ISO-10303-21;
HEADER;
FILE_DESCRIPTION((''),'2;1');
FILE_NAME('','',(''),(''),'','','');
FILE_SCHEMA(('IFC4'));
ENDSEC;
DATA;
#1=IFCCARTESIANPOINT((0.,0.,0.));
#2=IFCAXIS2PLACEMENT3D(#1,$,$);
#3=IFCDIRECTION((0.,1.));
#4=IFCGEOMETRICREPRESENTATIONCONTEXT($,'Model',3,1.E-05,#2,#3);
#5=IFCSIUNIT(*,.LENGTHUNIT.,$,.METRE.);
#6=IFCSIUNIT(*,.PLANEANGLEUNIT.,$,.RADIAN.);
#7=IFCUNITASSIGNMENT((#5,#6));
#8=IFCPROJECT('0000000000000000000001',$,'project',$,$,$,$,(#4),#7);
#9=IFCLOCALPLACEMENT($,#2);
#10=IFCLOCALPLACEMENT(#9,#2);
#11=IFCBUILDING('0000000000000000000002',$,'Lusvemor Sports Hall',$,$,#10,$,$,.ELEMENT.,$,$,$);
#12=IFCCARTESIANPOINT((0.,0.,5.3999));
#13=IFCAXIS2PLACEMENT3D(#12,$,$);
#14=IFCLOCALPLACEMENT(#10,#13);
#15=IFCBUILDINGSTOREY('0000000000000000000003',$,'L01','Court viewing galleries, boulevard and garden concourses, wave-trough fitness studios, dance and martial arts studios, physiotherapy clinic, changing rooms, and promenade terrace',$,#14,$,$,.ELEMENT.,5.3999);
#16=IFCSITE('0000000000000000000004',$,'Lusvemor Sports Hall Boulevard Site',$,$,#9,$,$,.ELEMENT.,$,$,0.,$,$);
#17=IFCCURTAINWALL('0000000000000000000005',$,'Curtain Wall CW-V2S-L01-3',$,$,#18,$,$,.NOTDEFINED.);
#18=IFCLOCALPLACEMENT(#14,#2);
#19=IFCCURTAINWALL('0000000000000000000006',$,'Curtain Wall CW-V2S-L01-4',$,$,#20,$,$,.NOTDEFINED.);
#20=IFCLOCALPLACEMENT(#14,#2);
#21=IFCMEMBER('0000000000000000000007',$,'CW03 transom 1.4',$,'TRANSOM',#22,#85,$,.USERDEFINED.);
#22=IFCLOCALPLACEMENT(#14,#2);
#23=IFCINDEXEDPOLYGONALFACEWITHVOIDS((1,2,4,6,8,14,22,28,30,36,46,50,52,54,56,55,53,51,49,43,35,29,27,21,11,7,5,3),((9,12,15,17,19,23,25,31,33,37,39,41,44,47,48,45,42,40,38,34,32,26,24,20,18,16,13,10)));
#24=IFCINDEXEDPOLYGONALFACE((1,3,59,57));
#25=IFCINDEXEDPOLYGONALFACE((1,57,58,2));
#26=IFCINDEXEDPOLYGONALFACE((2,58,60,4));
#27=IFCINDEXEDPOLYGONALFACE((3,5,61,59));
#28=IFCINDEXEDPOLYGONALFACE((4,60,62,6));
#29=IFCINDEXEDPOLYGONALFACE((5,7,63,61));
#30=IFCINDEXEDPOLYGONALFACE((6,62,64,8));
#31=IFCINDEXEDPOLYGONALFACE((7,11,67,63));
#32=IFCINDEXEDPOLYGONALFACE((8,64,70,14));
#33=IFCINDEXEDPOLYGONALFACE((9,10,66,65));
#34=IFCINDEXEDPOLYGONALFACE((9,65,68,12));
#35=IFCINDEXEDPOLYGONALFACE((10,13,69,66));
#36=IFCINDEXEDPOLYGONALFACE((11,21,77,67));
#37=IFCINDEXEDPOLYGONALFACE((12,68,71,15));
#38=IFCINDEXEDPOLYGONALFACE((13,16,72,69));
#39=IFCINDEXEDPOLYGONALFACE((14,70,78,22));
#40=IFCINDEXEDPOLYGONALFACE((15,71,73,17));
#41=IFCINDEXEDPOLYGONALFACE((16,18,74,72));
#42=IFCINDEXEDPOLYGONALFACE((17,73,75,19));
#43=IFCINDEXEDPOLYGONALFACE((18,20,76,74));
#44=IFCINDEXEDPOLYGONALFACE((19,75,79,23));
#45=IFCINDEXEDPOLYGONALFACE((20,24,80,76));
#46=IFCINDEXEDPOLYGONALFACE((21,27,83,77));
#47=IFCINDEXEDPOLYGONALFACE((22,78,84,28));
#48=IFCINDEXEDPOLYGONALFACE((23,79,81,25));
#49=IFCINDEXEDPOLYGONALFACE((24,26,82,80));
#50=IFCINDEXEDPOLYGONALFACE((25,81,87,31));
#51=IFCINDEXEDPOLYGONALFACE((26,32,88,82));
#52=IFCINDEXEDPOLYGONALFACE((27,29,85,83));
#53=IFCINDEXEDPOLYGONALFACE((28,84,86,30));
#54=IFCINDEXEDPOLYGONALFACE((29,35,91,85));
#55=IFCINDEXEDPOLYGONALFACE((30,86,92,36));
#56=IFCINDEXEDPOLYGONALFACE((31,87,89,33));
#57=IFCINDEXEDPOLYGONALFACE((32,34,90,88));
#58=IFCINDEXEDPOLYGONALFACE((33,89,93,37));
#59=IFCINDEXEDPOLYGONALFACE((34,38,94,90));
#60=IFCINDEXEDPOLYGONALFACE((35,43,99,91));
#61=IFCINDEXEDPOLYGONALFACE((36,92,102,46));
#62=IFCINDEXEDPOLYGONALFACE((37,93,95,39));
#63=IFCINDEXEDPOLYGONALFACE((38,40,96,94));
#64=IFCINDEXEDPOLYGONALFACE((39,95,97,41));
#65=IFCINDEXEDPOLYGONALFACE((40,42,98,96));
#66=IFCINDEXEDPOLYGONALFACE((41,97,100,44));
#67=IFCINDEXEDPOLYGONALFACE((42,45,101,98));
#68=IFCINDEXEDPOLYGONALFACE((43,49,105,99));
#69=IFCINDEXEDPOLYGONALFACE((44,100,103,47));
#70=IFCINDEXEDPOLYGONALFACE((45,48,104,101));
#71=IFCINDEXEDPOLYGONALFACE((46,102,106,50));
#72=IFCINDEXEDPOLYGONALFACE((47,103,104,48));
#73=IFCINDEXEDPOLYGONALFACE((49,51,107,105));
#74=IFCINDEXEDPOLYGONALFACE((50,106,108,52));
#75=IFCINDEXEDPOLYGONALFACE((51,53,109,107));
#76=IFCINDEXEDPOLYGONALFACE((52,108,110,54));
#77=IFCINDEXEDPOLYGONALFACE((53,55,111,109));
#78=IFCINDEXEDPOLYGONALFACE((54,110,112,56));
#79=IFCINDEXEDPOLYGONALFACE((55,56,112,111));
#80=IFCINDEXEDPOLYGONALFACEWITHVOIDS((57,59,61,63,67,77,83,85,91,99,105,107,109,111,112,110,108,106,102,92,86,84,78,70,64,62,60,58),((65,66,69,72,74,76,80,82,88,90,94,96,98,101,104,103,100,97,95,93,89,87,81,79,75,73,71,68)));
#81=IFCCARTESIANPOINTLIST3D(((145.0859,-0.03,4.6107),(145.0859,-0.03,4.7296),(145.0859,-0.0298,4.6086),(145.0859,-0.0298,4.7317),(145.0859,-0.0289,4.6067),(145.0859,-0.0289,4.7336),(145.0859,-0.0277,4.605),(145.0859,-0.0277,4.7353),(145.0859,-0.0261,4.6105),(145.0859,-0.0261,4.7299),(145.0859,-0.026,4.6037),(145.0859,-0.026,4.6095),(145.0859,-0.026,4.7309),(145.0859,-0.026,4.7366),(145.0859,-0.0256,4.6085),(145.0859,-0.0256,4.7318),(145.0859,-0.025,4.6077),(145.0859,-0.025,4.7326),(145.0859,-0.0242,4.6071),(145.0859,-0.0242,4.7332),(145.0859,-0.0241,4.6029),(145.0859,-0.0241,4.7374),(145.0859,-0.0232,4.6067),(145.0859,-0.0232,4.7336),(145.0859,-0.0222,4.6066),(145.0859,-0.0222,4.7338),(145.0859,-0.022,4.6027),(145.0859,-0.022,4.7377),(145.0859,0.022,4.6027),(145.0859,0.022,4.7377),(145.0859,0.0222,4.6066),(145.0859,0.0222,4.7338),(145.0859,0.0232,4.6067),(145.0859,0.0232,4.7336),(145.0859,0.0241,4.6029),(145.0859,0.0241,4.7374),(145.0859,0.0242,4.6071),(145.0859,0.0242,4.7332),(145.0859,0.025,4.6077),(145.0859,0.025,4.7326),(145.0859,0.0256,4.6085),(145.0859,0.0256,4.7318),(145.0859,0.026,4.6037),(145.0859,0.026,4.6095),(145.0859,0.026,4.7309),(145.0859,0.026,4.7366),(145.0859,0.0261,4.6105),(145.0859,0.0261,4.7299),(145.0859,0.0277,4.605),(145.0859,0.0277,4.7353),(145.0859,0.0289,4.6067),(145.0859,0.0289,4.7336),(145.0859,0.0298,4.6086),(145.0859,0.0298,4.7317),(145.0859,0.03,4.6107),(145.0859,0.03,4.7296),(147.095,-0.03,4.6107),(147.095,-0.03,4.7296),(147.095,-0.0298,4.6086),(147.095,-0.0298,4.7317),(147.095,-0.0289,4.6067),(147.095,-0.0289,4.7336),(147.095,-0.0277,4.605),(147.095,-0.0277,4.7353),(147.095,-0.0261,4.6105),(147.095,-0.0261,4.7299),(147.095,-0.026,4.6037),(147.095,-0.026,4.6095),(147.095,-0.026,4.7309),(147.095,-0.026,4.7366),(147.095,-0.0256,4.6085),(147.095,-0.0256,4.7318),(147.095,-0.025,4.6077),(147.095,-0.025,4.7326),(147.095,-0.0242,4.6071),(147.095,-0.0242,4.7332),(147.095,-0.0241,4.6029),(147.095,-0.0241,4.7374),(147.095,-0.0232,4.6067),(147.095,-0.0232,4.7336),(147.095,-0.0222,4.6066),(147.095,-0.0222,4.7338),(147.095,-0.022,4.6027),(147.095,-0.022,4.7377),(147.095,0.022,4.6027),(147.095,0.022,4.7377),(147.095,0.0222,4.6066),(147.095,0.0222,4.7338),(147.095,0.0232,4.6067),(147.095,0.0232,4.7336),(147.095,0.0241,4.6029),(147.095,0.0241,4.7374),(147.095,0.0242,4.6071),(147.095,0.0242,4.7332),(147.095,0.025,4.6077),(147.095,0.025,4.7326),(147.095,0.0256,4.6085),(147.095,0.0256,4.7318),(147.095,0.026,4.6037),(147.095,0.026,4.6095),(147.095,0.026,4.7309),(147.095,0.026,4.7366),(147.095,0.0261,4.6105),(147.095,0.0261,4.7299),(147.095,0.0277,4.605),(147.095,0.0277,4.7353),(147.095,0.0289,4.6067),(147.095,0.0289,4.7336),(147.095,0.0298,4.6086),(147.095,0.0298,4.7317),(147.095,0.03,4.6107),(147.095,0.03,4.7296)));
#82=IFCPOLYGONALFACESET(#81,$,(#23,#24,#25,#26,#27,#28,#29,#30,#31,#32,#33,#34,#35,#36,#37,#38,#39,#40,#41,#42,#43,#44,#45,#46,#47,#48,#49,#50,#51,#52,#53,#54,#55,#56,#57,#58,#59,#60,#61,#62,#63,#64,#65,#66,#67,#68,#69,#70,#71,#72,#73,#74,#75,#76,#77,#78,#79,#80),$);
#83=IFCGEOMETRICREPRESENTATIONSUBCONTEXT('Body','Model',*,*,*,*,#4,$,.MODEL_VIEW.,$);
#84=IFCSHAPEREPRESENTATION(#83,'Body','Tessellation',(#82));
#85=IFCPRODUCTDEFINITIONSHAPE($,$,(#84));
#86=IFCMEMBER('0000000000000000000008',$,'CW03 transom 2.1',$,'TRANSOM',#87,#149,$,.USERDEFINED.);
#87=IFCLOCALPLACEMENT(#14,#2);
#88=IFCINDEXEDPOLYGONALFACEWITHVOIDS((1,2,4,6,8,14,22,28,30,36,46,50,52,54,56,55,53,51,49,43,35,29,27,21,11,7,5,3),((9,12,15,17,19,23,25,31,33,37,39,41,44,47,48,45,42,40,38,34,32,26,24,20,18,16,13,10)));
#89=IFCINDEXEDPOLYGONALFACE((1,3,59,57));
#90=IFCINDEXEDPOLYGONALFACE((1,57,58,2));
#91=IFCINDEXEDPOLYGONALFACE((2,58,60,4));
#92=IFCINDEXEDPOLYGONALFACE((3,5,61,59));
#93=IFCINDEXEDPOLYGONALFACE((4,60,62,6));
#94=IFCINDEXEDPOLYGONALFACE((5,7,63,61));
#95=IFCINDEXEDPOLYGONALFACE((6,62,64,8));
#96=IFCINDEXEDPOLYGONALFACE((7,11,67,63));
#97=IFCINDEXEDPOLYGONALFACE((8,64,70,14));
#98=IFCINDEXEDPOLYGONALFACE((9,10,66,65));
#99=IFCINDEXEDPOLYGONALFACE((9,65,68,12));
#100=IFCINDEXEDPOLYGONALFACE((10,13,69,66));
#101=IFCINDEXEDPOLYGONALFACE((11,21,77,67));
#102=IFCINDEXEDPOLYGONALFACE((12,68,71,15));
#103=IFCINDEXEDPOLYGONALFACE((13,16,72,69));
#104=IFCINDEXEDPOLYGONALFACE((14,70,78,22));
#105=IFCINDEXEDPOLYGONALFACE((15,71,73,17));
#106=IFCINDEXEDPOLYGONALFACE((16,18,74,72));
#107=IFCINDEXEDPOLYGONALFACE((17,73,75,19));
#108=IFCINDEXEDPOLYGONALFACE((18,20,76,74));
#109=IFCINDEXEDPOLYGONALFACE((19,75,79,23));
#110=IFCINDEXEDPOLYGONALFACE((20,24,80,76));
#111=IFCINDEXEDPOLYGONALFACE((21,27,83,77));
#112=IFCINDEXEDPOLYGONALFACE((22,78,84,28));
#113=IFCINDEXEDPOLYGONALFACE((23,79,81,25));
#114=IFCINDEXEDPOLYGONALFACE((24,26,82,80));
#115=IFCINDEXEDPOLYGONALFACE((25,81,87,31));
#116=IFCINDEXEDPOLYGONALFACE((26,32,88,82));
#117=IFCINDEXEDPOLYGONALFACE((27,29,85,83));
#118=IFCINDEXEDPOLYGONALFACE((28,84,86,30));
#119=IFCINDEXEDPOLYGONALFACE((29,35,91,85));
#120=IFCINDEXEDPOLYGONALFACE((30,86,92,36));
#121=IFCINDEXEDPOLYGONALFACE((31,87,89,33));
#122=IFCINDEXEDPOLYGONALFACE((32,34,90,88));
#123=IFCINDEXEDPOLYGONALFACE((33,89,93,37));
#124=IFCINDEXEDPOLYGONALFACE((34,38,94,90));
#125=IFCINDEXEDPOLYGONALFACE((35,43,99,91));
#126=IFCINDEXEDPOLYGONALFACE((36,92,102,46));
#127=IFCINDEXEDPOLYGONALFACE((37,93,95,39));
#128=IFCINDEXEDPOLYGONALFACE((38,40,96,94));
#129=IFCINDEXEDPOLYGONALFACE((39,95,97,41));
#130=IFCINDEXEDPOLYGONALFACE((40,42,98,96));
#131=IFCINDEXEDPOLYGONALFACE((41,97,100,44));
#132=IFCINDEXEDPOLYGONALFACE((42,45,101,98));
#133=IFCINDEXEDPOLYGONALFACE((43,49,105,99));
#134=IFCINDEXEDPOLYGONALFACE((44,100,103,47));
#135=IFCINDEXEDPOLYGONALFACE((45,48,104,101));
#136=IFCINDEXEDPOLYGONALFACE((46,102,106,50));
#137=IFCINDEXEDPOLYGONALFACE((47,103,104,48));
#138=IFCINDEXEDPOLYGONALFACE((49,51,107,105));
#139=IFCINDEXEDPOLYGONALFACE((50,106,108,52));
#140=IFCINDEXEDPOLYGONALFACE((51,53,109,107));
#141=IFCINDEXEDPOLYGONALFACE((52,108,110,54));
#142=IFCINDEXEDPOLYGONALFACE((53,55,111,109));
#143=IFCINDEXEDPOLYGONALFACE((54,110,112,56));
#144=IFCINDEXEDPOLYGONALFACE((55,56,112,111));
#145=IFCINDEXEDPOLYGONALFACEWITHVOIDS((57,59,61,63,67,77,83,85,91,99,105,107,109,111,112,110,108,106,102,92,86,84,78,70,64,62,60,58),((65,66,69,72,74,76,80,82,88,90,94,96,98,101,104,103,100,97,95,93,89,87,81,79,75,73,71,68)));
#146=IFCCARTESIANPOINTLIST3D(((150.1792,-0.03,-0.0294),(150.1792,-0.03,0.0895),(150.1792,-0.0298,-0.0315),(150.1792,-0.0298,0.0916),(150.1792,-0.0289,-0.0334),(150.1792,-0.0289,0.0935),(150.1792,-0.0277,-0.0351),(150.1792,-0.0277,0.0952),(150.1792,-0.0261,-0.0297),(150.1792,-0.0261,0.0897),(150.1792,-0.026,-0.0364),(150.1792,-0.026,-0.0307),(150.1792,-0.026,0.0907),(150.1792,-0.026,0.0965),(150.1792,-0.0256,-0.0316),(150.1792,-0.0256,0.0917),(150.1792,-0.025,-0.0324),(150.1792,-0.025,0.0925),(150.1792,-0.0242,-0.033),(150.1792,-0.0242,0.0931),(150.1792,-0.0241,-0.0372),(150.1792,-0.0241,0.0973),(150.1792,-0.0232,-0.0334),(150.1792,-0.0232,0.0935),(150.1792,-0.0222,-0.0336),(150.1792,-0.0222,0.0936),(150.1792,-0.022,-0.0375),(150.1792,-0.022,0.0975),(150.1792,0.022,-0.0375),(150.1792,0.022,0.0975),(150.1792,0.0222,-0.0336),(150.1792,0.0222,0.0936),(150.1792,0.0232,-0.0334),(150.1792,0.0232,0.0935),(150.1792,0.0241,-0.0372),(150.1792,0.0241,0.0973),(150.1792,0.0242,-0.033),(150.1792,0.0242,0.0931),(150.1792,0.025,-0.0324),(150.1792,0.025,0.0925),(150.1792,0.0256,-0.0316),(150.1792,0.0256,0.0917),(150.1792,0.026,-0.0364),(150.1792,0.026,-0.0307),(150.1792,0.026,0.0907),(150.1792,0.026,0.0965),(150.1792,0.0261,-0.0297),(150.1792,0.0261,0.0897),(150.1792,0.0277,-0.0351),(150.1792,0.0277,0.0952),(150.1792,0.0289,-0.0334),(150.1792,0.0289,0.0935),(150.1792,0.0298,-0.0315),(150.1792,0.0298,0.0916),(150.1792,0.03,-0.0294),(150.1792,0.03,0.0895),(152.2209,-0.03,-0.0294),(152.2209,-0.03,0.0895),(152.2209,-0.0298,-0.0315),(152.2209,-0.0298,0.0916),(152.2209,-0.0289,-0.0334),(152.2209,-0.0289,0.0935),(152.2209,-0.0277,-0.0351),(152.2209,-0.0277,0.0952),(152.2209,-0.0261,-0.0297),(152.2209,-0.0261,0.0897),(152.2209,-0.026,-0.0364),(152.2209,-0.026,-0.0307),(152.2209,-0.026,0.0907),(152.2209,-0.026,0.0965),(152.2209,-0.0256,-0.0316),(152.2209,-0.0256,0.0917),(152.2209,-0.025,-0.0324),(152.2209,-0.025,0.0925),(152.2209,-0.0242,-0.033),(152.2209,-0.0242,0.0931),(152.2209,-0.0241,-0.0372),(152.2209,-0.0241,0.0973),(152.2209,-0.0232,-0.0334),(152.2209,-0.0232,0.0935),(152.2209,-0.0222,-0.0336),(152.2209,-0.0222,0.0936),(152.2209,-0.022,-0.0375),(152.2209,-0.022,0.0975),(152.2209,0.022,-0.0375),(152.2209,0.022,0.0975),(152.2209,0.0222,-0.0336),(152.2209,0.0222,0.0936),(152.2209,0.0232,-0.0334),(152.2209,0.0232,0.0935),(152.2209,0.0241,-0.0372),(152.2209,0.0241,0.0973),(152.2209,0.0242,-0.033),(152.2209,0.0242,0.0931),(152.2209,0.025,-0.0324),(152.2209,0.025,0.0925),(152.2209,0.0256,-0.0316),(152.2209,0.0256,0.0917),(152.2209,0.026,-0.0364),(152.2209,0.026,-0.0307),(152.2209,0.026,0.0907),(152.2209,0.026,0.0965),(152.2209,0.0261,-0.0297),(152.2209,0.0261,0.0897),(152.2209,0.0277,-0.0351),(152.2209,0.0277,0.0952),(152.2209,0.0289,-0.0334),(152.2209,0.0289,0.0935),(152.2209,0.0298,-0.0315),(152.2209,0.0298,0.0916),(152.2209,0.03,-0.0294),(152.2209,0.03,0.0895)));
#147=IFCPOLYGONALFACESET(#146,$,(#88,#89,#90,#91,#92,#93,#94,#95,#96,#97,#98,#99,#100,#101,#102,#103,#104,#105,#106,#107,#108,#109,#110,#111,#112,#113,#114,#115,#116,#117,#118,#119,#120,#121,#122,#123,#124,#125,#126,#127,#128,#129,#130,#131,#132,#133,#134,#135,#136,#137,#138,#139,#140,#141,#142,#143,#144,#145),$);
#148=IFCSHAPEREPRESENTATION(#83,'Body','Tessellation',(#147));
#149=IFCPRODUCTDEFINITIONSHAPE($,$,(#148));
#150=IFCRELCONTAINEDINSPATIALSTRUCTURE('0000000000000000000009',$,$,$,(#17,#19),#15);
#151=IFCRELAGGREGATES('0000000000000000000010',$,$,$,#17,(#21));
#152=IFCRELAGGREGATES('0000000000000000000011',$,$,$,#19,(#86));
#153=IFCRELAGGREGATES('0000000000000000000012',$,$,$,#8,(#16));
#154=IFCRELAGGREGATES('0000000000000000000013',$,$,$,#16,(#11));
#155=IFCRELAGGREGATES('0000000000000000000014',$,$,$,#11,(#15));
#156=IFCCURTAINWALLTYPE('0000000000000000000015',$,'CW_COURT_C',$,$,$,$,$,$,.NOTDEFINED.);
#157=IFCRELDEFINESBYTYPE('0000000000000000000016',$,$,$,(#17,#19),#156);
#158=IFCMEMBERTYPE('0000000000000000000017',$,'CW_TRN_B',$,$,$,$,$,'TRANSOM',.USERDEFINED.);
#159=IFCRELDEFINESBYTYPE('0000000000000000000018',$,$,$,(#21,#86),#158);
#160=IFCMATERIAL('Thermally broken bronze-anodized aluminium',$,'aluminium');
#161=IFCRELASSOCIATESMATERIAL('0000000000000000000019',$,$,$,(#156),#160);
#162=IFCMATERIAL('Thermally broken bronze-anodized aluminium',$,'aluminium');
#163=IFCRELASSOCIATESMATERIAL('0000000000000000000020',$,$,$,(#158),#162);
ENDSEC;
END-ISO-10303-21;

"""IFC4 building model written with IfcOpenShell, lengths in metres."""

from ifc_helpers import new_model, si_unit, direction, frame, origin, origin_2d, place, context, subcontext, project, spatial, hollow_rectangle, extrude, material, material_profile, profile_set, type_object, element, aggregate, save


model = new_model("IFC4")

# Units and contexts
model_context = context("Model", 3, precision=1e-05, world=origin(), true_north=direction((0.0, 1.0)))
body_context = subcontext(model_context, "Body", "Model", "MODEL_VIEW")
ifc_project = project(units=[si_unit("LENGTHUNIT", "METRE"), si_unit("PLANEANGLEUNIT", "RADIAN")], contexts=[model_context])

# Site, building, storey
site_placement = place(None, origin())
site = spatial("IfcSite", under=ifc_project, at=site_placement, Name="Lusvemor Sports Hall Boulevard Site", CompositionType="ELEMENT", RefElevation=0.0)
building_placement = place(site_placement, origin())
building = spatial("IfcBuilding", under=site, at=building_placement, Name="Lusvemor Sports Hall", CompositionType="ELEMENT")
storey_placement = place(building_placement, frame((0.0, 0.0, 5.3999)))
storey = spatial("IfcBuildingStorey", under=building, at=storey_placement, Name="L01", Description="Court viewing galleries, boulevard and garden concourses, wave-trough fitness studios, dance and martial arts studios, physiotherapy clinic, changing rooms, and promenade terrace", CompositionType="ELEMENT", Elevation=5.3999)

# Curtain wall
ifc_material_1 = material(Name="Thermally broken bronze-anodized aluminium", Category="aluminium")
curtain_wall_type = type_object("IfcCurtainWallType", Name="CW_COURT_C", PredefinedType="NOTDEFINED", material=ifc_material_1)
curtain_wall_1_placement = place(storey_placement, origin())
curtain_wall_1 = element("IfcCurtainWall", 1, at=curtain_wall_1_placement, inside=storey, type_object=curtain_wall_type, Name="Curtain Wall CW-V2S-L01-3", PredefinedType="NOTDEFINED")

# Curtain wall
curtain_wall_2_placement = place(storey_placement, origin())
curtain_wall_2 = element("IfcCurtainWall", 2, at=curtain_wall_2_placement, inside=storey, type_object=curtain_wall_type, Name="Curtain Wall CW-V2S-L01-4", PredefinedType="NOTDEFINED")

# Members
ifc_material_2 = material(Name="Thermally broken bronze-anodized aluminium", Category="aluminium")
ifc_material_profile_1 = material_profile(ifc_material_2, hollow_rectangle(XDim=0.0601, YDim=0.135, WallThickness=0.0039, InnerFilletRadius=0.0039, OuterFilletRadius=0.0081, at=origin_2d()), Name="CWTRN135x60x4")
ifc_profile_set_1 = profile_set([ifc_material_profile_1], Name="Thermally broken bronze-anodized aluminium")
member_type_1 = type_object("IfcMemberType", Name="CW_TRN_B", ElementType="TRANSOM", PredefinedType="USERDEFINED", material=ifc_profile_set_1)
member_1_placement = place(storey_placement, frame((147.095, 0.0, 4.6702), z_axis=(-1.0, 0.0, 0.0), x_axis=(0.0, -1.0, 0.0)))
member_1 = element("IfcMember", 3, at=member_1_placement, type_object=member_type_1, Name="CW03 transom 1.4", ObjectType="TRANSOM", PredefinedType="USERDEFINED", context=body_context, shape_type="SweptSolid", body=[
    extrude(hollow_rectangle(XDim=0.0601, YDim=0.135, WallThickness=0.0039, InnerFilletRadius=0.0039, OuterFilletRadius=0.0081, at=origin_2d()), origin(), (0.0, 0.0, 1.0), 2.009),
])
member_2_placement = place(storey_placement, frame((152.2209, 0.0, 0.03), z_axis=(-1.0, 0.0, 0.0), x_axis=(0.0, -1.0, 0.0)))
member_2 = element("IfcMember", 4, at=member_2_placement, type_object=member_type_1, Name="CW03 transom 2.1", ObjectType="TRANSOM", PredefinedType="USERDEFINED", context=body_context, shape_type="SweptSolid", body=[
    extrude(hollow_rectangle(XDim=0.0601, YDim=0.135, WallThickness=0.0039, InnerFilletRadius=0.0039, OuterFilletRadius=0.0081, at=origin_2d()), origin(), (0.0, 0.0, 1.0), 2.0417),
])

aggregate(curtain_wall_1, [member_1])
aggregate(curtain_wall_2, [member_2])

save(model, "model.ifc")
